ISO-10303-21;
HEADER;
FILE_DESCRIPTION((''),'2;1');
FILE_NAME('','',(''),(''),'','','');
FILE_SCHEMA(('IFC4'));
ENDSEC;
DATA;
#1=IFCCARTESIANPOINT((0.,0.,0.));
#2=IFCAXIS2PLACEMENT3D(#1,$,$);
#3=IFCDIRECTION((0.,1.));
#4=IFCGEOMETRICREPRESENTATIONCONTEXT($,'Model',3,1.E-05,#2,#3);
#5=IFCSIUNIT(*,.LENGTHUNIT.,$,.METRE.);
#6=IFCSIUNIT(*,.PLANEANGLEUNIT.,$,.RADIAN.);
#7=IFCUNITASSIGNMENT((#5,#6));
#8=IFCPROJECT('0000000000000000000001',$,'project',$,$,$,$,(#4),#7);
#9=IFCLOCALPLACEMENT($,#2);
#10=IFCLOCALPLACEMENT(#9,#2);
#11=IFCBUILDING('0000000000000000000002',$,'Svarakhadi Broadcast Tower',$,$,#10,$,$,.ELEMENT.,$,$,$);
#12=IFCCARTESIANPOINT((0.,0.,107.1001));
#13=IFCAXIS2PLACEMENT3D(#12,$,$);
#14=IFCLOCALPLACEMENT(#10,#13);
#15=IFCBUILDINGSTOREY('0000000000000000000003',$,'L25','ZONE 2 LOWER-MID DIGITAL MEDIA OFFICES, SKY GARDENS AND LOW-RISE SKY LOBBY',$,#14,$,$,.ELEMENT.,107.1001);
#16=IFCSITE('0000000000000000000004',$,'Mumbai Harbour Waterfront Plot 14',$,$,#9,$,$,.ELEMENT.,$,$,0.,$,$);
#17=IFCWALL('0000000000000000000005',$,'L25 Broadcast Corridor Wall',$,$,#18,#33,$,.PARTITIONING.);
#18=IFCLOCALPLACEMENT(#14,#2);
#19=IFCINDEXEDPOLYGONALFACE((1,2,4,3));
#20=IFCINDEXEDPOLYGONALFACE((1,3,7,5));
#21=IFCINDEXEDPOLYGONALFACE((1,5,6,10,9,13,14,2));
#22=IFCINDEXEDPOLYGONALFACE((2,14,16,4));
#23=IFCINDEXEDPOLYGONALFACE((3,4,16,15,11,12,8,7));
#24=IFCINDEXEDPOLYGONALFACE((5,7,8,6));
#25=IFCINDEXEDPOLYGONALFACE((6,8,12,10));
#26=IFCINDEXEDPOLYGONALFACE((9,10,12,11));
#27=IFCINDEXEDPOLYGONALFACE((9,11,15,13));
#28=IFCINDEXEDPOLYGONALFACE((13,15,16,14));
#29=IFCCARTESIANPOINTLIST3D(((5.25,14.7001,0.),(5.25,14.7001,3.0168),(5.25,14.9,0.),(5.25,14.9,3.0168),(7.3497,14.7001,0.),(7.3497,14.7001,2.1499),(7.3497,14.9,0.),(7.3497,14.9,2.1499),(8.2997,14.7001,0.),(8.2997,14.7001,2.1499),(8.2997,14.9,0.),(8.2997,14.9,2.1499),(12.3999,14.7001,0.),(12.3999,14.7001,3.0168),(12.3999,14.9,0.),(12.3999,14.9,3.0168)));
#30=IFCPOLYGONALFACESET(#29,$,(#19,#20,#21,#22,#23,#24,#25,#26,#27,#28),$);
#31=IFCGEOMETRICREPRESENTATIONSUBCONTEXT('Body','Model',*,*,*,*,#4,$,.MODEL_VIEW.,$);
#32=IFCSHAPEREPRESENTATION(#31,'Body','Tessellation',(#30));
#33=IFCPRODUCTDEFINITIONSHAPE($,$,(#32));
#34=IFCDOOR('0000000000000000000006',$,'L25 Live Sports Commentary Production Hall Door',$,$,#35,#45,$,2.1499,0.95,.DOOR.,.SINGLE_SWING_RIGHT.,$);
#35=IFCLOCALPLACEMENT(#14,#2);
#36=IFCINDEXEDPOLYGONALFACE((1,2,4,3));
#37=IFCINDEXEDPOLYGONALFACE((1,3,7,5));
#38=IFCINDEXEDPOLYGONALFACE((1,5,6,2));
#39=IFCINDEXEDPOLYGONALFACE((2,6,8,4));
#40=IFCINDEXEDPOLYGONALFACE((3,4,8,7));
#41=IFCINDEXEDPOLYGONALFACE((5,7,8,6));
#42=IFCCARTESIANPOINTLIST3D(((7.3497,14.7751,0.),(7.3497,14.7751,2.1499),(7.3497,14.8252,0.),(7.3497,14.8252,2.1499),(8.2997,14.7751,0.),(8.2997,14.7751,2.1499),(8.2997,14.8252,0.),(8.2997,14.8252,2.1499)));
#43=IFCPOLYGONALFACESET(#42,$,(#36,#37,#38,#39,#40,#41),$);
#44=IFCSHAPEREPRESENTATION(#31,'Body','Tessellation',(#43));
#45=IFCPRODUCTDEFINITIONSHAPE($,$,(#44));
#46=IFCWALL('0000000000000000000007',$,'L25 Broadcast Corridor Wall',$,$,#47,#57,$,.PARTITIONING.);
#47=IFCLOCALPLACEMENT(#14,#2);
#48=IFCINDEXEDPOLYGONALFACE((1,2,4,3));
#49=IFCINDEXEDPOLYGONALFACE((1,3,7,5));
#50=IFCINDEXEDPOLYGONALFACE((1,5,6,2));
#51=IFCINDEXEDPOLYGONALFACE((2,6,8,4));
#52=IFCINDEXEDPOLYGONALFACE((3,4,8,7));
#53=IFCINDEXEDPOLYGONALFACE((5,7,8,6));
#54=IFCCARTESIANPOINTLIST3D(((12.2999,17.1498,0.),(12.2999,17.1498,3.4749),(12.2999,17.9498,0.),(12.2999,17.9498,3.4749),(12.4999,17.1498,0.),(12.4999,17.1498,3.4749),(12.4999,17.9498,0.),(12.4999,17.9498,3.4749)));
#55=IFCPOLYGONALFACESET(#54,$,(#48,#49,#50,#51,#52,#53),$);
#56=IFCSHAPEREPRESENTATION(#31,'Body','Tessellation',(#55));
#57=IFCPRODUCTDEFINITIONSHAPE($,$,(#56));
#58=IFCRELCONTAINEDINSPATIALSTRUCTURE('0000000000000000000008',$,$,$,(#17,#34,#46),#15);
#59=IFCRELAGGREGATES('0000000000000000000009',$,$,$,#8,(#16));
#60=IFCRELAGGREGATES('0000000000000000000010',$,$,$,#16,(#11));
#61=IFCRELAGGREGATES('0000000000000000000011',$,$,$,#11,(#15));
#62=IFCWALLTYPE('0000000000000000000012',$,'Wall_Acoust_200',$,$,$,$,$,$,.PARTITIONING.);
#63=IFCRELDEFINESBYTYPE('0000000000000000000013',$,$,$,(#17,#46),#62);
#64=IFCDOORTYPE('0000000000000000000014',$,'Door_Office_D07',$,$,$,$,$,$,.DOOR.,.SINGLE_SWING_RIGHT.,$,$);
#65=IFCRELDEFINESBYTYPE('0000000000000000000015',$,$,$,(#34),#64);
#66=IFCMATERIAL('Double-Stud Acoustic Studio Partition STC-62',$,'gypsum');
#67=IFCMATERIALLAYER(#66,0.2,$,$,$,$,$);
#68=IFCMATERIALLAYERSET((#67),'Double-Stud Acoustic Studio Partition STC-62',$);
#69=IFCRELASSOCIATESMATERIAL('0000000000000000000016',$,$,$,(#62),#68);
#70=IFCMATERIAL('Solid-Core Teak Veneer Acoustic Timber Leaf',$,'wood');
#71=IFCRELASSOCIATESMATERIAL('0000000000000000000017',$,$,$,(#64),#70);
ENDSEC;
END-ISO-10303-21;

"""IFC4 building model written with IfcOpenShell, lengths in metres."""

from ifc_helpers import new_model, si_unit, direction, frame, frame_2d, origin, place, context, subcontext, project, spatial, rectangle, extrude, material, layer, layer_set, type_object, element, fill, save


model = new_model("IFC4")

# Units and contexts
model_context = context("Model", 3, precision=1e-05, world=origin(), true_north=direction((0.0, 1.0)))
body_context = subcontext(model_context, "Body", "Model", "MODEL_VIEW")
ifc_project = project(units=[si_unit("LENGTHUNIT", "METRE"), si_unit("PLANEANGLEUNIT", "RADIAN")], contexts=[model_context])

# Site, building, storey
site_placement = place(None, origin())
site = spatial("IfcSite", under=ifc_project, at=site_placement, Name="Mumbai Harbour Waterfront Plot 14", CompositionType="ELEMENT", RefElevation=0.0)
building_placement = place(site_placement, origin())
building = spatial("IfcBuilding", under=site, at=building_placement, Name="Svarakhadi Broadcast Tower", CompositionType="ELEMENT")
storey_placement = place(building_placement, frame((0.0, 0.0, 107.1001)))
storey = spatial("IfcBuildingStorey", under=building, at=storey_placement, Name="L25", Description="ZONE 2 LOWER-MID DIGITAL MEDIA OFFICES, SKY GARDENS AND LOW-RISE SKY LOBBY", CompositionType="ELEMENT", Elevation=107.1001)

# Wall, opening, door
ifc_material_1 = material(Name="Double-Stud Acoustic Studio Partition STC-62", Category="gypsum")
ifc_layer = layer(ifc_material_1, 0.2)
ifc_layer_set = layer_set([ifc_layer], Name="Double-Stud Acoustic Studio Partition STC-62")
wall_type = type_object("IfcWallType", Name="Wall_Acoust_200", PredefinedType="PARTITIONING", material=ifc_layer_set)
wall_1_placement = place(storey_placement, frame((12.3999, 14.8, 0.0), z_axis=(0.0, 0.0, 1.0), x_axis=(-1.0, 0.0, 0.0)))
wall_1 = element("IfcWall", 1, at=wall_1_placement, inside=storey, type_object=wall_type, Name="L25 Broadcast Corridor Wall", PredefinedType="PARTITIONING", context=body_context, shape_type="SweptSolid", body=[
    extrude(rectangle(XDim=7.1499, YDim=0.2, at=frame_2d((3.575, 0.0))), origin(), (0.0, 0.0, 1.0), 3.0168),
])
opening_placement = place(wall_1_placement, frame((4.1001, 0.0, 0.0)))
opening = element("IfcOpeningElement", 2, at=opening_placement, cuts=wall_1, PredefinedType="OPENING", context=body_context, shape_type="SweptSolid", body=[
    extrude(rectangle(XDim=0.95, YDim=2.1499, at=frame_2d((0.4751, 1.075))), frame((0.0, 0.1099, 0.0), z_axis=(0.0, -1.0, 0.0), x_axis=(1.0, 0.0, 0.0)), (0.0, 0.0, 1.0), 0.22),
])
ifc_material_2 = material(Name="Solid-Core Teak Veneer Acoustic Timber Leaf", Category="wood")
door_type = type_object("IfcDoorType", Name="Door_Office_D07", OperationType="SINGLE_SWING_RIGHT", PredefinedType="DOOR", material=ifc_material_2)
door_placement = place(opening_placement, origin())
door = element("IfcDoor", 3, at=door_placement, inside=storey, type_object=door_type, Name="L25 Live Sports Commentary Production Hall Door", OperationType="SINGLE_SWING_RIGHT", OverallHeight=2.1499, OverallWidth=0.95, PredefinedType="DOOR", context=body_context, shape_type="SweptSolid", body=[
    extrude(rectangle(XDim=0.95, YDim=2.1499, at=frame_2d((0.4751, 1.075))), frame((0.0, 0.0249, 0.0), z_axis=(0.0, -1.0, 0.0), x_axis=(1.0, 0.0, 0.0)), (0.0, 0.0, 1.0), 0.05),
])
fill(opening, door)

# Wall
wall_2_placement = place(storey_placement, frame((12.3999, 17.1499, 0.0), z_axis=(0.0, 0.0, 1.0), x_axis=(0.0, 1.0, 0.0)))
element("IfcWall", 4, at=wall_2_placement, inside=storey, type_object=wall_type, Name="L25 Broadcast Corridor Wall", PredefinedType="PARTITIONING", context=body_context, shape_type="SweptSolid", body=[
    extrude(rectangle(XDim=0.8, YDim=0.2, at=frame_2d((0.3999, 0.0))), origin(), (0.0, 0.0, 1.0), 3.4749),
])

save(model, "model.ifc")
